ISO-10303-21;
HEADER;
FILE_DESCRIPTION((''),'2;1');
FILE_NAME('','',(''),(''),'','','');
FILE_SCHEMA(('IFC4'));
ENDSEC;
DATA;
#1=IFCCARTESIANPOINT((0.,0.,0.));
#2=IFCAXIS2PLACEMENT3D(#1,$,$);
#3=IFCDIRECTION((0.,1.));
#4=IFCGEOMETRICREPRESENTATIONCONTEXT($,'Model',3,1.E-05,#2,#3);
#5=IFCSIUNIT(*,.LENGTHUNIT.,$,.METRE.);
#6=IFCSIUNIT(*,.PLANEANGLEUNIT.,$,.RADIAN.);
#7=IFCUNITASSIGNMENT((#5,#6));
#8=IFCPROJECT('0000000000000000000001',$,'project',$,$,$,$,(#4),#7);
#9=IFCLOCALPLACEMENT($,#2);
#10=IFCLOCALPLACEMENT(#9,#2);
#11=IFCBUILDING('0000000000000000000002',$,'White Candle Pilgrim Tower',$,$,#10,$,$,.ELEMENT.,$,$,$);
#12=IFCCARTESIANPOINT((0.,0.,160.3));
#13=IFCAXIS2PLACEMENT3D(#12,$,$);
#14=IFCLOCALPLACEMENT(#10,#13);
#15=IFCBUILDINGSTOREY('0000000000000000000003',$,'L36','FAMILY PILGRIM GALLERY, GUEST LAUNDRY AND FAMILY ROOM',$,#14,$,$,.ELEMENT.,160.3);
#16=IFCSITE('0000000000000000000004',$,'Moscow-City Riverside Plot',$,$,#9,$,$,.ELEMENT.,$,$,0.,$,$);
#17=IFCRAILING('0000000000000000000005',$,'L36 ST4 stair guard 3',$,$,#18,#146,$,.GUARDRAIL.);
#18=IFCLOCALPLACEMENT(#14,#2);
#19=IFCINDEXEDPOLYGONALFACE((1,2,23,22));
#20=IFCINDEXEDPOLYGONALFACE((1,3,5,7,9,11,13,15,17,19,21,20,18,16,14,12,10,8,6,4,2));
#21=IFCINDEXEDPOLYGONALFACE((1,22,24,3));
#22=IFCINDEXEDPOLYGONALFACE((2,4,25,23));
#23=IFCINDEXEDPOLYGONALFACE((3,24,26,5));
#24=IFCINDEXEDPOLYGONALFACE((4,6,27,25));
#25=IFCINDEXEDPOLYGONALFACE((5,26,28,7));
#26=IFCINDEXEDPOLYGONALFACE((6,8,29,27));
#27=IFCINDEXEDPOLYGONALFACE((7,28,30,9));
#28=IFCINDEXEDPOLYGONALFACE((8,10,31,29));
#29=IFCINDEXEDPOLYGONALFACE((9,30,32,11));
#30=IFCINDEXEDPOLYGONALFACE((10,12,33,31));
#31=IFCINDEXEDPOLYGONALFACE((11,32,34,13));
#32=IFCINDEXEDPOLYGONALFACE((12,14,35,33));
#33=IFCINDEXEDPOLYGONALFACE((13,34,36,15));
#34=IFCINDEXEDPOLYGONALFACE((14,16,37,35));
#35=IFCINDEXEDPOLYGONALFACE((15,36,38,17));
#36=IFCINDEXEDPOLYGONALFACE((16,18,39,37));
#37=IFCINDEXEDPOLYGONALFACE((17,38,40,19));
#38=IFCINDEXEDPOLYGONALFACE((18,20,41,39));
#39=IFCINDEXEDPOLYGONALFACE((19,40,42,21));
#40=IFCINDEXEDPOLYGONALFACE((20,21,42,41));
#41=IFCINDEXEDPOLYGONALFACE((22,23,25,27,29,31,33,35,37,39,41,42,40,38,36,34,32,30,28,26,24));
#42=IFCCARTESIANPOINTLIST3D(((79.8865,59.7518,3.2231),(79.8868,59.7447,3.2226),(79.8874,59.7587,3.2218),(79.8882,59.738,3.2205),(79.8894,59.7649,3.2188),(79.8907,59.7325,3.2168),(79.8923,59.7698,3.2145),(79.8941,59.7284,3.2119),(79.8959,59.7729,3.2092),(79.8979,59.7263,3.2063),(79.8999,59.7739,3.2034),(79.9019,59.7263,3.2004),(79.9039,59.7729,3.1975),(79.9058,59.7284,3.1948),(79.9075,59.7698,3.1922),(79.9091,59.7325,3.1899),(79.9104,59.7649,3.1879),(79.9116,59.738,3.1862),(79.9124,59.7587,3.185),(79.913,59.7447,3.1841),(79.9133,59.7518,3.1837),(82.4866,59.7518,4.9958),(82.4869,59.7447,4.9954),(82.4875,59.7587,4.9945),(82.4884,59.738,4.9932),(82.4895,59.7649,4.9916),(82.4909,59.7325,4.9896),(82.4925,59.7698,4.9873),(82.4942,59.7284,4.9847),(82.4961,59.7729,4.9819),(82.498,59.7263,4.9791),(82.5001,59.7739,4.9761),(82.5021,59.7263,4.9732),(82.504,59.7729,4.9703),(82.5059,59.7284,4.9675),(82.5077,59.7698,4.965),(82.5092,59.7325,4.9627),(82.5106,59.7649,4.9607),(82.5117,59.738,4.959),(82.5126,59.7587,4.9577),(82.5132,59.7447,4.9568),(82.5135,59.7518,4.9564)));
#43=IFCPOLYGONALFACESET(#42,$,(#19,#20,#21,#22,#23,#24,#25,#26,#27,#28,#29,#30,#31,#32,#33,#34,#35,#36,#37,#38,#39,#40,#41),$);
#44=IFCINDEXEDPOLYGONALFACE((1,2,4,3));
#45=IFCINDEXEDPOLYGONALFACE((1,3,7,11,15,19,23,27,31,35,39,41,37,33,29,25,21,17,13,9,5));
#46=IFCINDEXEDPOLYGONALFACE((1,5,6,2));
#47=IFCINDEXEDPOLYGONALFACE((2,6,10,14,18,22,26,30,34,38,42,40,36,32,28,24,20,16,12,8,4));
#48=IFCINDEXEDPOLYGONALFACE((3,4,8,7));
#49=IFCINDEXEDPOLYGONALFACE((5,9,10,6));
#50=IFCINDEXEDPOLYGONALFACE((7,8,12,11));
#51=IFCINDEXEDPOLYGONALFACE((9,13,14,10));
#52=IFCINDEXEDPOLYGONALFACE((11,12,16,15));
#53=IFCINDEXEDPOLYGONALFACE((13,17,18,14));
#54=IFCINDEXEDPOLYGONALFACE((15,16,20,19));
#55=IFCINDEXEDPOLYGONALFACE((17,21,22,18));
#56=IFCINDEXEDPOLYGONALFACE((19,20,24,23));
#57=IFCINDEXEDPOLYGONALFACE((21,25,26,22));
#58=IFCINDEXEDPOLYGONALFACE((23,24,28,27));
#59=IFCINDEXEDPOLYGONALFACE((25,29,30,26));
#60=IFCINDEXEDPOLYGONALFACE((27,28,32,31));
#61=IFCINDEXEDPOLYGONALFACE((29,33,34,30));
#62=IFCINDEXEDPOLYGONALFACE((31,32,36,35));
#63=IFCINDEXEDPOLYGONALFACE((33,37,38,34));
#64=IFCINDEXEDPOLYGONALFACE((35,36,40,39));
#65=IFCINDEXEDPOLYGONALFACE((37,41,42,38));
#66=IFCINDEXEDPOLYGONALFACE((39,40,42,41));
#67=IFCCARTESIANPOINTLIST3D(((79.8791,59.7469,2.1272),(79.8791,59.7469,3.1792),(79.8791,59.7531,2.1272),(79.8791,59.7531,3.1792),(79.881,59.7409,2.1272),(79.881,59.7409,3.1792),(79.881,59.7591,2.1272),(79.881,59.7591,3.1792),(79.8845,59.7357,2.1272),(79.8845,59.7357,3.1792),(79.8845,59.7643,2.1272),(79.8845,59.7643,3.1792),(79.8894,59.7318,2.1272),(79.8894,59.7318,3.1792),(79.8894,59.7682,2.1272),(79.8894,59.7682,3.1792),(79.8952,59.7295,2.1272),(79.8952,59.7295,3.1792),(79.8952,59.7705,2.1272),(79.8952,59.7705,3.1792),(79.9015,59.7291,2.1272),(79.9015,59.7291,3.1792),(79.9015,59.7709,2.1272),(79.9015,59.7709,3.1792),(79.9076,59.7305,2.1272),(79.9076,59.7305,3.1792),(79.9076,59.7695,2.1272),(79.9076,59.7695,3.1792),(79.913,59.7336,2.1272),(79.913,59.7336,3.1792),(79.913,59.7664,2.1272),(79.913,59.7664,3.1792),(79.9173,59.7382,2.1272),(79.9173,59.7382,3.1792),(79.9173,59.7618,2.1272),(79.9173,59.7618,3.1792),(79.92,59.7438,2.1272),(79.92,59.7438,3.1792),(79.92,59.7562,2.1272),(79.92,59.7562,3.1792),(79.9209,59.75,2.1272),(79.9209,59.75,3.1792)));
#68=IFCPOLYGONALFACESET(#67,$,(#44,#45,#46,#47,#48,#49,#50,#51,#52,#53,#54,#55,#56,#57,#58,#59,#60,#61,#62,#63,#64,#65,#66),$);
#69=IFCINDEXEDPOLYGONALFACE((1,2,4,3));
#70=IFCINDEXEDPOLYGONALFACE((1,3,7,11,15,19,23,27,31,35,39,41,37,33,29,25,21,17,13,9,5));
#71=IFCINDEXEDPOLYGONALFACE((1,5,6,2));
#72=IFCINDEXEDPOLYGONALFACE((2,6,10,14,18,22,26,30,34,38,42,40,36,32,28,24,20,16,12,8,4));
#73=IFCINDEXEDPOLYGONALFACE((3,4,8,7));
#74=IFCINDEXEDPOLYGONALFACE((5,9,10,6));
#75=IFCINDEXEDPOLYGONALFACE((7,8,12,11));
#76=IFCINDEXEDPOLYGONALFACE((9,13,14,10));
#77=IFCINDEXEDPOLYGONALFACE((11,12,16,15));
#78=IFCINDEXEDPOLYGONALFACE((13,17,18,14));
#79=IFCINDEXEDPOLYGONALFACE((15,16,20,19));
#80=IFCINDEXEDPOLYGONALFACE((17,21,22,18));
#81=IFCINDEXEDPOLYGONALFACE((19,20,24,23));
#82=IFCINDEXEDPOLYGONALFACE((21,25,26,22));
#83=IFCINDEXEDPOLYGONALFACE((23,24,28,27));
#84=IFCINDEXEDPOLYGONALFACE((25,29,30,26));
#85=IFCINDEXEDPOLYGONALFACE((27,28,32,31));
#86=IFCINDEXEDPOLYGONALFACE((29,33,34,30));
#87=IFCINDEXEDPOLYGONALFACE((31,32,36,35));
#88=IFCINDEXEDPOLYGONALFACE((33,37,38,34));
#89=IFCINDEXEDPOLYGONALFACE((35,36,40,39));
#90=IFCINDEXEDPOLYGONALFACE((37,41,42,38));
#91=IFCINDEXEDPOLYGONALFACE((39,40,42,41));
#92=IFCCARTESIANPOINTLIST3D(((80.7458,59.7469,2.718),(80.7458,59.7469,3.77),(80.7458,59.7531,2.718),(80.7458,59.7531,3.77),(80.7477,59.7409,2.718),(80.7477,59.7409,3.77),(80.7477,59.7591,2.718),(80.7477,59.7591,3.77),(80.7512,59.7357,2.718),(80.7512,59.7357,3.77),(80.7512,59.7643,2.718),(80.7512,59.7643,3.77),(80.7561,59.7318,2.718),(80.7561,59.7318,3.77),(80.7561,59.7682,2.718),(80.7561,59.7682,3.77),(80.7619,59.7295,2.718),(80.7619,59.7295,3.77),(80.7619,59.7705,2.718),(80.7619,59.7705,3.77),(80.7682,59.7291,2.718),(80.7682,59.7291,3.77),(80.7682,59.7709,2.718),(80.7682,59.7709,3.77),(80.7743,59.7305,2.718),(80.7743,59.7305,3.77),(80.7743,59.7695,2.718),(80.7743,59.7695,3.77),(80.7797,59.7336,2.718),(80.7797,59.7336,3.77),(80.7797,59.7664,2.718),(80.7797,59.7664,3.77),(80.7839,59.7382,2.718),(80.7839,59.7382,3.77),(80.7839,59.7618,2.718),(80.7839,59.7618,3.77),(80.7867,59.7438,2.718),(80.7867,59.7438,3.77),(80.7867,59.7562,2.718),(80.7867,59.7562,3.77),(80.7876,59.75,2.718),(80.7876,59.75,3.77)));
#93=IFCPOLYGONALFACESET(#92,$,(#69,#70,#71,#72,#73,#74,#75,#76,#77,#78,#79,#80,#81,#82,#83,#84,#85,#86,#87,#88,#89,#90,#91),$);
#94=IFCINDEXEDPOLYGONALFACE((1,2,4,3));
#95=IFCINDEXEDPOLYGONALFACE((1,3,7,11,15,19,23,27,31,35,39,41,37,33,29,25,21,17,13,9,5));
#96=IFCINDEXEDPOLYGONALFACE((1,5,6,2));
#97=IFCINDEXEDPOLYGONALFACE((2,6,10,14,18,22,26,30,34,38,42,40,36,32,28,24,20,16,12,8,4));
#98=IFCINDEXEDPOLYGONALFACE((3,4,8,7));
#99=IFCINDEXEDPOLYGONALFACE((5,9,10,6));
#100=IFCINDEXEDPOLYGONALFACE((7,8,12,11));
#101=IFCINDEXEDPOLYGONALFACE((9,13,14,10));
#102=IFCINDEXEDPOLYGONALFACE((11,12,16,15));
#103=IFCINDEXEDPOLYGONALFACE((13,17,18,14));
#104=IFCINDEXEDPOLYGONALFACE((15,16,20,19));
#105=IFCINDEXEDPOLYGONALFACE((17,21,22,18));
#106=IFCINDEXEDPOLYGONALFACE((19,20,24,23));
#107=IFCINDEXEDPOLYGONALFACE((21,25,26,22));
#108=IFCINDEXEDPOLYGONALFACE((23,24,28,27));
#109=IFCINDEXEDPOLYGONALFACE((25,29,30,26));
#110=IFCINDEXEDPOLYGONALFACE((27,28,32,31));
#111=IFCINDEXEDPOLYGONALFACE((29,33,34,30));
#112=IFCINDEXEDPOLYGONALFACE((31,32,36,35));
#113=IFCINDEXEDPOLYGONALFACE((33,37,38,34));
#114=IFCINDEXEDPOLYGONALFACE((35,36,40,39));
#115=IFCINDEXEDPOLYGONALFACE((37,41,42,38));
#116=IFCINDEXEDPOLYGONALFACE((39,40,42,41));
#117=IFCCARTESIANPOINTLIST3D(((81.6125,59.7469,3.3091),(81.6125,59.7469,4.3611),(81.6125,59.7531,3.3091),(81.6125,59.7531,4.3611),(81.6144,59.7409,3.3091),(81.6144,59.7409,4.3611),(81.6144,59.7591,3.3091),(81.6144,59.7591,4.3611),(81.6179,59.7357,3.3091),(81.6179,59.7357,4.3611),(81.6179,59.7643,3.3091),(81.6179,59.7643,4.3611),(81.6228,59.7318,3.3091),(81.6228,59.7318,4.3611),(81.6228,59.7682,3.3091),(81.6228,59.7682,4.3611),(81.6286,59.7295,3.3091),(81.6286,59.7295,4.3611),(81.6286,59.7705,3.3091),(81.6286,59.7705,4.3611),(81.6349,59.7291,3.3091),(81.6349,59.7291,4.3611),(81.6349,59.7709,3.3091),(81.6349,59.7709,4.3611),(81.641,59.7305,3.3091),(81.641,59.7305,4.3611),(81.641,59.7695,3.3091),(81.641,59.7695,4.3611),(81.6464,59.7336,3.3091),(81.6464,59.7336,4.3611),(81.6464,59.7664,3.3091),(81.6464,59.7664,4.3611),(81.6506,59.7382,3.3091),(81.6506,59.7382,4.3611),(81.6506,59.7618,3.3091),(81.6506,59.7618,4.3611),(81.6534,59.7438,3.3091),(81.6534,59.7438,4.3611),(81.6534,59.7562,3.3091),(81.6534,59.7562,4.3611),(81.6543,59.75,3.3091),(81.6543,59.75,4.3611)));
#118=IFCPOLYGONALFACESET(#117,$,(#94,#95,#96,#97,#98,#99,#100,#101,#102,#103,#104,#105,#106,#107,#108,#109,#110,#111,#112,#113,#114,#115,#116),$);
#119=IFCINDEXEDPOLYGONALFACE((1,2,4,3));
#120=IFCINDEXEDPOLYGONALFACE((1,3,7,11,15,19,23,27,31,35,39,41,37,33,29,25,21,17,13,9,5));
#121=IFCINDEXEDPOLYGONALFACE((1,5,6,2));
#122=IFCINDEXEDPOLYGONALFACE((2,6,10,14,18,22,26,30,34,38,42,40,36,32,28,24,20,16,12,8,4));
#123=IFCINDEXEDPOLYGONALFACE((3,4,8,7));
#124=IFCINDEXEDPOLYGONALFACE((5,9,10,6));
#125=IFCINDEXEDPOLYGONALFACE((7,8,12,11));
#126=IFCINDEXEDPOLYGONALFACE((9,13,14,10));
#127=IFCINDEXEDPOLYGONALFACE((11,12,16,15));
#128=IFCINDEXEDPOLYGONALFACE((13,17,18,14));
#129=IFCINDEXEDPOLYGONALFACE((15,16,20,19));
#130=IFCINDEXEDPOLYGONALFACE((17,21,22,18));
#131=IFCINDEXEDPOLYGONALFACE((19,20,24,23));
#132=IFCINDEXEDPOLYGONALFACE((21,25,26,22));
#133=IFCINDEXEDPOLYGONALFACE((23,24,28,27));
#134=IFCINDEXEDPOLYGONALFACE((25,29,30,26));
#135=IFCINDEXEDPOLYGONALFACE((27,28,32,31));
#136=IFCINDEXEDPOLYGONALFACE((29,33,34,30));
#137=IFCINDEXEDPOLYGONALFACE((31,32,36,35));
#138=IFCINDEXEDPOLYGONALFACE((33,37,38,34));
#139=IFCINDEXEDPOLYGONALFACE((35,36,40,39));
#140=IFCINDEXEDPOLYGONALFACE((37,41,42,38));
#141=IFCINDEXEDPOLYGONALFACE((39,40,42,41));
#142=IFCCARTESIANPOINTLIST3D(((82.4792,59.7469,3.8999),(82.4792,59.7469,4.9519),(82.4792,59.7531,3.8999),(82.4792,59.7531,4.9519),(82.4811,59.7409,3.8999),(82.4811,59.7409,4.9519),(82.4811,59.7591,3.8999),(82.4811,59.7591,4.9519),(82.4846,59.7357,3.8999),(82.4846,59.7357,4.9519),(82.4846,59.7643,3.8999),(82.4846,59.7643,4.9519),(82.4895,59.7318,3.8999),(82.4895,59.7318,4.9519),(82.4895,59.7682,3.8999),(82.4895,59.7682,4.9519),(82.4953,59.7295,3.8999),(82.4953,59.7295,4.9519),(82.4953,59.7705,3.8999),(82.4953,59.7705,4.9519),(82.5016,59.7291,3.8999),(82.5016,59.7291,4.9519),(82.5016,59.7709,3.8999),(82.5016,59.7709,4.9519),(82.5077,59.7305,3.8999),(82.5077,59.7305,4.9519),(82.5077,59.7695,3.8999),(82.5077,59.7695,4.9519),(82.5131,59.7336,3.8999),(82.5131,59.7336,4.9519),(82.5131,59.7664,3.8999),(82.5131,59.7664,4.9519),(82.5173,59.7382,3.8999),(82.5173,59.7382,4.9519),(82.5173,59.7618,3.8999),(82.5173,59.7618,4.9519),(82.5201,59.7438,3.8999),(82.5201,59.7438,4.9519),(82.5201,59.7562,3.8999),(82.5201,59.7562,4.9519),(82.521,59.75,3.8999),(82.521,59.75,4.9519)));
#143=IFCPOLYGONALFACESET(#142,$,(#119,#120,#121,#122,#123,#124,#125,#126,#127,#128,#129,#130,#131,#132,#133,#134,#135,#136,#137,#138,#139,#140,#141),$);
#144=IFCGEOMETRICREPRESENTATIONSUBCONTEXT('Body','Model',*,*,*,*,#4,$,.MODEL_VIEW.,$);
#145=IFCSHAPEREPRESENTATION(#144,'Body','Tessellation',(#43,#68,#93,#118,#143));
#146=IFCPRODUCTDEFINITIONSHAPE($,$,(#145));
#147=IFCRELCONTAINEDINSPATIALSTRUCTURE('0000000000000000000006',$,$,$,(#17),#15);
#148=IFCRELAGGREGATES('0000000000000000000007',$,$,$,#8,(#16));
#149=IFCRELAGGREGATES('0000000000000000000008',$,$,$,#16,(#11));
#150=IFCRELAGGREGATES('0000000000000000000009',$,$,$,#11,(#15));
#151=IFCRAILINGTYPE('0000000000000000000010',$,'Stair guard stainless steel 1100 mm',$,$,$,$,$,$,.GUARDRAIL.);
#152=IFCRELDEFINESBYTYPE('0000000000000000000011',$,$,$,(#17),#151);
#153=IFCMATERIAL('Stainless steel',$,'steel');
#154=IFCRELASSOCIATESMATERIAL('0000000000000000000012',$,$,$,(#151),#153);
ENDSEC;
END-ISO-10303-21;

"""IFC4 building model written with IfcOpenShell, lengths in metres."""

from ifc_helpers import new_model, si_unit, direction, frame, origin, origin_2d, place, context, subcontext, project, spatial, circle, extrude, material, type_object, element, save


model = new_model("IFC4")

# Units and contexts
model_context = context("Model", 3, precision=1e-05, world=origin(), true_north=direction((0.0, 1.0)))
body_context = subcontext(model_context, "Body", "Model", "MODEL_VIEW")
ifc_project = project(units=[si_unit("LENGTHUNIT", "METRE"), si_unit("PLANEANGLEUNIT", "RADIAN")], contexts=[model_context])

# Site, building, storey
site_placement = place(None, origin())
site = spatial("IfcSite", under=ifc_project, at=site_placement, Name="Moscow-City Riverside Plot", CompositionType="ELEMENT", RefElevation=0.0)
building_placement = place(site_placement, origin())
building = spatial("IfcBuilding", under=site, at=building_placement, Name="White Candle Pilgrim Tower", CompositionType="ELEMENT")
storey_placement = place(building_placement, frame((0.0, 0.0, 160.3)))
storey = spatial("IfcBuildingStorey", under=building, at=storey_placement, Name="L36", Description="FAMILY PILGRIM GALLERY, GUEST LAUNDRY AND FAMILY ROOM", CompositionType="ELEMENT", Elevation=160.3)

# Railing
ifc_material_1 = material(Name="Stainless steel", Category="steel")
railing_type_1 = type_object("IfcRailingType", Name="Stair guard stainless steel 1100 mm", PredefinedType="GUARDRAIL", material=ifc_material_1)
railing_1_placement = place(storey_placement, frame((79.8999, 59.75, 2.1272)))
element("IfcRailing", 1, at=railing_1_placement, inside=storey, type_object=railing_type_1, Name="L36 ST4 stair guard 3", PredefinedType="GUARDRAIL", context=body_context, shape_type="SweptSolid", body=[
    extrude(circle(Radius=0.0239, at=origin_2d()), frame((0.0, 0.0, 1.0762), z_axis=(0.82624, 0.0, 0.563318), x_axis=(0.0, 1.0, 0.0)), (0.0, 0.0, 1.0), 3.147),
    extrude(circle(Radius=0.021, at=origin_2d()), origin(), (0.0, 0.0, 1.0), 1.052),
    extrude(circle(Radius=0.021, at=origin_2d()), frame((0.8667, 0.0, 0.5908)), (0.0, 0.0, 1.0), 1.052),
    extrude(circle(Radius=0.021, at=origin_2d()), frame((1.7334, 0.0, 1.1819)), (0.0, 0.0, 1.0), 1.052),
    extrude(circle(Radius=0.021, at=origin_2d()), frame((2.6001, 0.0, 1.7727)), (0.0, 0.0, 1.0), 1.052),
])

save(model, "model.ifc")
